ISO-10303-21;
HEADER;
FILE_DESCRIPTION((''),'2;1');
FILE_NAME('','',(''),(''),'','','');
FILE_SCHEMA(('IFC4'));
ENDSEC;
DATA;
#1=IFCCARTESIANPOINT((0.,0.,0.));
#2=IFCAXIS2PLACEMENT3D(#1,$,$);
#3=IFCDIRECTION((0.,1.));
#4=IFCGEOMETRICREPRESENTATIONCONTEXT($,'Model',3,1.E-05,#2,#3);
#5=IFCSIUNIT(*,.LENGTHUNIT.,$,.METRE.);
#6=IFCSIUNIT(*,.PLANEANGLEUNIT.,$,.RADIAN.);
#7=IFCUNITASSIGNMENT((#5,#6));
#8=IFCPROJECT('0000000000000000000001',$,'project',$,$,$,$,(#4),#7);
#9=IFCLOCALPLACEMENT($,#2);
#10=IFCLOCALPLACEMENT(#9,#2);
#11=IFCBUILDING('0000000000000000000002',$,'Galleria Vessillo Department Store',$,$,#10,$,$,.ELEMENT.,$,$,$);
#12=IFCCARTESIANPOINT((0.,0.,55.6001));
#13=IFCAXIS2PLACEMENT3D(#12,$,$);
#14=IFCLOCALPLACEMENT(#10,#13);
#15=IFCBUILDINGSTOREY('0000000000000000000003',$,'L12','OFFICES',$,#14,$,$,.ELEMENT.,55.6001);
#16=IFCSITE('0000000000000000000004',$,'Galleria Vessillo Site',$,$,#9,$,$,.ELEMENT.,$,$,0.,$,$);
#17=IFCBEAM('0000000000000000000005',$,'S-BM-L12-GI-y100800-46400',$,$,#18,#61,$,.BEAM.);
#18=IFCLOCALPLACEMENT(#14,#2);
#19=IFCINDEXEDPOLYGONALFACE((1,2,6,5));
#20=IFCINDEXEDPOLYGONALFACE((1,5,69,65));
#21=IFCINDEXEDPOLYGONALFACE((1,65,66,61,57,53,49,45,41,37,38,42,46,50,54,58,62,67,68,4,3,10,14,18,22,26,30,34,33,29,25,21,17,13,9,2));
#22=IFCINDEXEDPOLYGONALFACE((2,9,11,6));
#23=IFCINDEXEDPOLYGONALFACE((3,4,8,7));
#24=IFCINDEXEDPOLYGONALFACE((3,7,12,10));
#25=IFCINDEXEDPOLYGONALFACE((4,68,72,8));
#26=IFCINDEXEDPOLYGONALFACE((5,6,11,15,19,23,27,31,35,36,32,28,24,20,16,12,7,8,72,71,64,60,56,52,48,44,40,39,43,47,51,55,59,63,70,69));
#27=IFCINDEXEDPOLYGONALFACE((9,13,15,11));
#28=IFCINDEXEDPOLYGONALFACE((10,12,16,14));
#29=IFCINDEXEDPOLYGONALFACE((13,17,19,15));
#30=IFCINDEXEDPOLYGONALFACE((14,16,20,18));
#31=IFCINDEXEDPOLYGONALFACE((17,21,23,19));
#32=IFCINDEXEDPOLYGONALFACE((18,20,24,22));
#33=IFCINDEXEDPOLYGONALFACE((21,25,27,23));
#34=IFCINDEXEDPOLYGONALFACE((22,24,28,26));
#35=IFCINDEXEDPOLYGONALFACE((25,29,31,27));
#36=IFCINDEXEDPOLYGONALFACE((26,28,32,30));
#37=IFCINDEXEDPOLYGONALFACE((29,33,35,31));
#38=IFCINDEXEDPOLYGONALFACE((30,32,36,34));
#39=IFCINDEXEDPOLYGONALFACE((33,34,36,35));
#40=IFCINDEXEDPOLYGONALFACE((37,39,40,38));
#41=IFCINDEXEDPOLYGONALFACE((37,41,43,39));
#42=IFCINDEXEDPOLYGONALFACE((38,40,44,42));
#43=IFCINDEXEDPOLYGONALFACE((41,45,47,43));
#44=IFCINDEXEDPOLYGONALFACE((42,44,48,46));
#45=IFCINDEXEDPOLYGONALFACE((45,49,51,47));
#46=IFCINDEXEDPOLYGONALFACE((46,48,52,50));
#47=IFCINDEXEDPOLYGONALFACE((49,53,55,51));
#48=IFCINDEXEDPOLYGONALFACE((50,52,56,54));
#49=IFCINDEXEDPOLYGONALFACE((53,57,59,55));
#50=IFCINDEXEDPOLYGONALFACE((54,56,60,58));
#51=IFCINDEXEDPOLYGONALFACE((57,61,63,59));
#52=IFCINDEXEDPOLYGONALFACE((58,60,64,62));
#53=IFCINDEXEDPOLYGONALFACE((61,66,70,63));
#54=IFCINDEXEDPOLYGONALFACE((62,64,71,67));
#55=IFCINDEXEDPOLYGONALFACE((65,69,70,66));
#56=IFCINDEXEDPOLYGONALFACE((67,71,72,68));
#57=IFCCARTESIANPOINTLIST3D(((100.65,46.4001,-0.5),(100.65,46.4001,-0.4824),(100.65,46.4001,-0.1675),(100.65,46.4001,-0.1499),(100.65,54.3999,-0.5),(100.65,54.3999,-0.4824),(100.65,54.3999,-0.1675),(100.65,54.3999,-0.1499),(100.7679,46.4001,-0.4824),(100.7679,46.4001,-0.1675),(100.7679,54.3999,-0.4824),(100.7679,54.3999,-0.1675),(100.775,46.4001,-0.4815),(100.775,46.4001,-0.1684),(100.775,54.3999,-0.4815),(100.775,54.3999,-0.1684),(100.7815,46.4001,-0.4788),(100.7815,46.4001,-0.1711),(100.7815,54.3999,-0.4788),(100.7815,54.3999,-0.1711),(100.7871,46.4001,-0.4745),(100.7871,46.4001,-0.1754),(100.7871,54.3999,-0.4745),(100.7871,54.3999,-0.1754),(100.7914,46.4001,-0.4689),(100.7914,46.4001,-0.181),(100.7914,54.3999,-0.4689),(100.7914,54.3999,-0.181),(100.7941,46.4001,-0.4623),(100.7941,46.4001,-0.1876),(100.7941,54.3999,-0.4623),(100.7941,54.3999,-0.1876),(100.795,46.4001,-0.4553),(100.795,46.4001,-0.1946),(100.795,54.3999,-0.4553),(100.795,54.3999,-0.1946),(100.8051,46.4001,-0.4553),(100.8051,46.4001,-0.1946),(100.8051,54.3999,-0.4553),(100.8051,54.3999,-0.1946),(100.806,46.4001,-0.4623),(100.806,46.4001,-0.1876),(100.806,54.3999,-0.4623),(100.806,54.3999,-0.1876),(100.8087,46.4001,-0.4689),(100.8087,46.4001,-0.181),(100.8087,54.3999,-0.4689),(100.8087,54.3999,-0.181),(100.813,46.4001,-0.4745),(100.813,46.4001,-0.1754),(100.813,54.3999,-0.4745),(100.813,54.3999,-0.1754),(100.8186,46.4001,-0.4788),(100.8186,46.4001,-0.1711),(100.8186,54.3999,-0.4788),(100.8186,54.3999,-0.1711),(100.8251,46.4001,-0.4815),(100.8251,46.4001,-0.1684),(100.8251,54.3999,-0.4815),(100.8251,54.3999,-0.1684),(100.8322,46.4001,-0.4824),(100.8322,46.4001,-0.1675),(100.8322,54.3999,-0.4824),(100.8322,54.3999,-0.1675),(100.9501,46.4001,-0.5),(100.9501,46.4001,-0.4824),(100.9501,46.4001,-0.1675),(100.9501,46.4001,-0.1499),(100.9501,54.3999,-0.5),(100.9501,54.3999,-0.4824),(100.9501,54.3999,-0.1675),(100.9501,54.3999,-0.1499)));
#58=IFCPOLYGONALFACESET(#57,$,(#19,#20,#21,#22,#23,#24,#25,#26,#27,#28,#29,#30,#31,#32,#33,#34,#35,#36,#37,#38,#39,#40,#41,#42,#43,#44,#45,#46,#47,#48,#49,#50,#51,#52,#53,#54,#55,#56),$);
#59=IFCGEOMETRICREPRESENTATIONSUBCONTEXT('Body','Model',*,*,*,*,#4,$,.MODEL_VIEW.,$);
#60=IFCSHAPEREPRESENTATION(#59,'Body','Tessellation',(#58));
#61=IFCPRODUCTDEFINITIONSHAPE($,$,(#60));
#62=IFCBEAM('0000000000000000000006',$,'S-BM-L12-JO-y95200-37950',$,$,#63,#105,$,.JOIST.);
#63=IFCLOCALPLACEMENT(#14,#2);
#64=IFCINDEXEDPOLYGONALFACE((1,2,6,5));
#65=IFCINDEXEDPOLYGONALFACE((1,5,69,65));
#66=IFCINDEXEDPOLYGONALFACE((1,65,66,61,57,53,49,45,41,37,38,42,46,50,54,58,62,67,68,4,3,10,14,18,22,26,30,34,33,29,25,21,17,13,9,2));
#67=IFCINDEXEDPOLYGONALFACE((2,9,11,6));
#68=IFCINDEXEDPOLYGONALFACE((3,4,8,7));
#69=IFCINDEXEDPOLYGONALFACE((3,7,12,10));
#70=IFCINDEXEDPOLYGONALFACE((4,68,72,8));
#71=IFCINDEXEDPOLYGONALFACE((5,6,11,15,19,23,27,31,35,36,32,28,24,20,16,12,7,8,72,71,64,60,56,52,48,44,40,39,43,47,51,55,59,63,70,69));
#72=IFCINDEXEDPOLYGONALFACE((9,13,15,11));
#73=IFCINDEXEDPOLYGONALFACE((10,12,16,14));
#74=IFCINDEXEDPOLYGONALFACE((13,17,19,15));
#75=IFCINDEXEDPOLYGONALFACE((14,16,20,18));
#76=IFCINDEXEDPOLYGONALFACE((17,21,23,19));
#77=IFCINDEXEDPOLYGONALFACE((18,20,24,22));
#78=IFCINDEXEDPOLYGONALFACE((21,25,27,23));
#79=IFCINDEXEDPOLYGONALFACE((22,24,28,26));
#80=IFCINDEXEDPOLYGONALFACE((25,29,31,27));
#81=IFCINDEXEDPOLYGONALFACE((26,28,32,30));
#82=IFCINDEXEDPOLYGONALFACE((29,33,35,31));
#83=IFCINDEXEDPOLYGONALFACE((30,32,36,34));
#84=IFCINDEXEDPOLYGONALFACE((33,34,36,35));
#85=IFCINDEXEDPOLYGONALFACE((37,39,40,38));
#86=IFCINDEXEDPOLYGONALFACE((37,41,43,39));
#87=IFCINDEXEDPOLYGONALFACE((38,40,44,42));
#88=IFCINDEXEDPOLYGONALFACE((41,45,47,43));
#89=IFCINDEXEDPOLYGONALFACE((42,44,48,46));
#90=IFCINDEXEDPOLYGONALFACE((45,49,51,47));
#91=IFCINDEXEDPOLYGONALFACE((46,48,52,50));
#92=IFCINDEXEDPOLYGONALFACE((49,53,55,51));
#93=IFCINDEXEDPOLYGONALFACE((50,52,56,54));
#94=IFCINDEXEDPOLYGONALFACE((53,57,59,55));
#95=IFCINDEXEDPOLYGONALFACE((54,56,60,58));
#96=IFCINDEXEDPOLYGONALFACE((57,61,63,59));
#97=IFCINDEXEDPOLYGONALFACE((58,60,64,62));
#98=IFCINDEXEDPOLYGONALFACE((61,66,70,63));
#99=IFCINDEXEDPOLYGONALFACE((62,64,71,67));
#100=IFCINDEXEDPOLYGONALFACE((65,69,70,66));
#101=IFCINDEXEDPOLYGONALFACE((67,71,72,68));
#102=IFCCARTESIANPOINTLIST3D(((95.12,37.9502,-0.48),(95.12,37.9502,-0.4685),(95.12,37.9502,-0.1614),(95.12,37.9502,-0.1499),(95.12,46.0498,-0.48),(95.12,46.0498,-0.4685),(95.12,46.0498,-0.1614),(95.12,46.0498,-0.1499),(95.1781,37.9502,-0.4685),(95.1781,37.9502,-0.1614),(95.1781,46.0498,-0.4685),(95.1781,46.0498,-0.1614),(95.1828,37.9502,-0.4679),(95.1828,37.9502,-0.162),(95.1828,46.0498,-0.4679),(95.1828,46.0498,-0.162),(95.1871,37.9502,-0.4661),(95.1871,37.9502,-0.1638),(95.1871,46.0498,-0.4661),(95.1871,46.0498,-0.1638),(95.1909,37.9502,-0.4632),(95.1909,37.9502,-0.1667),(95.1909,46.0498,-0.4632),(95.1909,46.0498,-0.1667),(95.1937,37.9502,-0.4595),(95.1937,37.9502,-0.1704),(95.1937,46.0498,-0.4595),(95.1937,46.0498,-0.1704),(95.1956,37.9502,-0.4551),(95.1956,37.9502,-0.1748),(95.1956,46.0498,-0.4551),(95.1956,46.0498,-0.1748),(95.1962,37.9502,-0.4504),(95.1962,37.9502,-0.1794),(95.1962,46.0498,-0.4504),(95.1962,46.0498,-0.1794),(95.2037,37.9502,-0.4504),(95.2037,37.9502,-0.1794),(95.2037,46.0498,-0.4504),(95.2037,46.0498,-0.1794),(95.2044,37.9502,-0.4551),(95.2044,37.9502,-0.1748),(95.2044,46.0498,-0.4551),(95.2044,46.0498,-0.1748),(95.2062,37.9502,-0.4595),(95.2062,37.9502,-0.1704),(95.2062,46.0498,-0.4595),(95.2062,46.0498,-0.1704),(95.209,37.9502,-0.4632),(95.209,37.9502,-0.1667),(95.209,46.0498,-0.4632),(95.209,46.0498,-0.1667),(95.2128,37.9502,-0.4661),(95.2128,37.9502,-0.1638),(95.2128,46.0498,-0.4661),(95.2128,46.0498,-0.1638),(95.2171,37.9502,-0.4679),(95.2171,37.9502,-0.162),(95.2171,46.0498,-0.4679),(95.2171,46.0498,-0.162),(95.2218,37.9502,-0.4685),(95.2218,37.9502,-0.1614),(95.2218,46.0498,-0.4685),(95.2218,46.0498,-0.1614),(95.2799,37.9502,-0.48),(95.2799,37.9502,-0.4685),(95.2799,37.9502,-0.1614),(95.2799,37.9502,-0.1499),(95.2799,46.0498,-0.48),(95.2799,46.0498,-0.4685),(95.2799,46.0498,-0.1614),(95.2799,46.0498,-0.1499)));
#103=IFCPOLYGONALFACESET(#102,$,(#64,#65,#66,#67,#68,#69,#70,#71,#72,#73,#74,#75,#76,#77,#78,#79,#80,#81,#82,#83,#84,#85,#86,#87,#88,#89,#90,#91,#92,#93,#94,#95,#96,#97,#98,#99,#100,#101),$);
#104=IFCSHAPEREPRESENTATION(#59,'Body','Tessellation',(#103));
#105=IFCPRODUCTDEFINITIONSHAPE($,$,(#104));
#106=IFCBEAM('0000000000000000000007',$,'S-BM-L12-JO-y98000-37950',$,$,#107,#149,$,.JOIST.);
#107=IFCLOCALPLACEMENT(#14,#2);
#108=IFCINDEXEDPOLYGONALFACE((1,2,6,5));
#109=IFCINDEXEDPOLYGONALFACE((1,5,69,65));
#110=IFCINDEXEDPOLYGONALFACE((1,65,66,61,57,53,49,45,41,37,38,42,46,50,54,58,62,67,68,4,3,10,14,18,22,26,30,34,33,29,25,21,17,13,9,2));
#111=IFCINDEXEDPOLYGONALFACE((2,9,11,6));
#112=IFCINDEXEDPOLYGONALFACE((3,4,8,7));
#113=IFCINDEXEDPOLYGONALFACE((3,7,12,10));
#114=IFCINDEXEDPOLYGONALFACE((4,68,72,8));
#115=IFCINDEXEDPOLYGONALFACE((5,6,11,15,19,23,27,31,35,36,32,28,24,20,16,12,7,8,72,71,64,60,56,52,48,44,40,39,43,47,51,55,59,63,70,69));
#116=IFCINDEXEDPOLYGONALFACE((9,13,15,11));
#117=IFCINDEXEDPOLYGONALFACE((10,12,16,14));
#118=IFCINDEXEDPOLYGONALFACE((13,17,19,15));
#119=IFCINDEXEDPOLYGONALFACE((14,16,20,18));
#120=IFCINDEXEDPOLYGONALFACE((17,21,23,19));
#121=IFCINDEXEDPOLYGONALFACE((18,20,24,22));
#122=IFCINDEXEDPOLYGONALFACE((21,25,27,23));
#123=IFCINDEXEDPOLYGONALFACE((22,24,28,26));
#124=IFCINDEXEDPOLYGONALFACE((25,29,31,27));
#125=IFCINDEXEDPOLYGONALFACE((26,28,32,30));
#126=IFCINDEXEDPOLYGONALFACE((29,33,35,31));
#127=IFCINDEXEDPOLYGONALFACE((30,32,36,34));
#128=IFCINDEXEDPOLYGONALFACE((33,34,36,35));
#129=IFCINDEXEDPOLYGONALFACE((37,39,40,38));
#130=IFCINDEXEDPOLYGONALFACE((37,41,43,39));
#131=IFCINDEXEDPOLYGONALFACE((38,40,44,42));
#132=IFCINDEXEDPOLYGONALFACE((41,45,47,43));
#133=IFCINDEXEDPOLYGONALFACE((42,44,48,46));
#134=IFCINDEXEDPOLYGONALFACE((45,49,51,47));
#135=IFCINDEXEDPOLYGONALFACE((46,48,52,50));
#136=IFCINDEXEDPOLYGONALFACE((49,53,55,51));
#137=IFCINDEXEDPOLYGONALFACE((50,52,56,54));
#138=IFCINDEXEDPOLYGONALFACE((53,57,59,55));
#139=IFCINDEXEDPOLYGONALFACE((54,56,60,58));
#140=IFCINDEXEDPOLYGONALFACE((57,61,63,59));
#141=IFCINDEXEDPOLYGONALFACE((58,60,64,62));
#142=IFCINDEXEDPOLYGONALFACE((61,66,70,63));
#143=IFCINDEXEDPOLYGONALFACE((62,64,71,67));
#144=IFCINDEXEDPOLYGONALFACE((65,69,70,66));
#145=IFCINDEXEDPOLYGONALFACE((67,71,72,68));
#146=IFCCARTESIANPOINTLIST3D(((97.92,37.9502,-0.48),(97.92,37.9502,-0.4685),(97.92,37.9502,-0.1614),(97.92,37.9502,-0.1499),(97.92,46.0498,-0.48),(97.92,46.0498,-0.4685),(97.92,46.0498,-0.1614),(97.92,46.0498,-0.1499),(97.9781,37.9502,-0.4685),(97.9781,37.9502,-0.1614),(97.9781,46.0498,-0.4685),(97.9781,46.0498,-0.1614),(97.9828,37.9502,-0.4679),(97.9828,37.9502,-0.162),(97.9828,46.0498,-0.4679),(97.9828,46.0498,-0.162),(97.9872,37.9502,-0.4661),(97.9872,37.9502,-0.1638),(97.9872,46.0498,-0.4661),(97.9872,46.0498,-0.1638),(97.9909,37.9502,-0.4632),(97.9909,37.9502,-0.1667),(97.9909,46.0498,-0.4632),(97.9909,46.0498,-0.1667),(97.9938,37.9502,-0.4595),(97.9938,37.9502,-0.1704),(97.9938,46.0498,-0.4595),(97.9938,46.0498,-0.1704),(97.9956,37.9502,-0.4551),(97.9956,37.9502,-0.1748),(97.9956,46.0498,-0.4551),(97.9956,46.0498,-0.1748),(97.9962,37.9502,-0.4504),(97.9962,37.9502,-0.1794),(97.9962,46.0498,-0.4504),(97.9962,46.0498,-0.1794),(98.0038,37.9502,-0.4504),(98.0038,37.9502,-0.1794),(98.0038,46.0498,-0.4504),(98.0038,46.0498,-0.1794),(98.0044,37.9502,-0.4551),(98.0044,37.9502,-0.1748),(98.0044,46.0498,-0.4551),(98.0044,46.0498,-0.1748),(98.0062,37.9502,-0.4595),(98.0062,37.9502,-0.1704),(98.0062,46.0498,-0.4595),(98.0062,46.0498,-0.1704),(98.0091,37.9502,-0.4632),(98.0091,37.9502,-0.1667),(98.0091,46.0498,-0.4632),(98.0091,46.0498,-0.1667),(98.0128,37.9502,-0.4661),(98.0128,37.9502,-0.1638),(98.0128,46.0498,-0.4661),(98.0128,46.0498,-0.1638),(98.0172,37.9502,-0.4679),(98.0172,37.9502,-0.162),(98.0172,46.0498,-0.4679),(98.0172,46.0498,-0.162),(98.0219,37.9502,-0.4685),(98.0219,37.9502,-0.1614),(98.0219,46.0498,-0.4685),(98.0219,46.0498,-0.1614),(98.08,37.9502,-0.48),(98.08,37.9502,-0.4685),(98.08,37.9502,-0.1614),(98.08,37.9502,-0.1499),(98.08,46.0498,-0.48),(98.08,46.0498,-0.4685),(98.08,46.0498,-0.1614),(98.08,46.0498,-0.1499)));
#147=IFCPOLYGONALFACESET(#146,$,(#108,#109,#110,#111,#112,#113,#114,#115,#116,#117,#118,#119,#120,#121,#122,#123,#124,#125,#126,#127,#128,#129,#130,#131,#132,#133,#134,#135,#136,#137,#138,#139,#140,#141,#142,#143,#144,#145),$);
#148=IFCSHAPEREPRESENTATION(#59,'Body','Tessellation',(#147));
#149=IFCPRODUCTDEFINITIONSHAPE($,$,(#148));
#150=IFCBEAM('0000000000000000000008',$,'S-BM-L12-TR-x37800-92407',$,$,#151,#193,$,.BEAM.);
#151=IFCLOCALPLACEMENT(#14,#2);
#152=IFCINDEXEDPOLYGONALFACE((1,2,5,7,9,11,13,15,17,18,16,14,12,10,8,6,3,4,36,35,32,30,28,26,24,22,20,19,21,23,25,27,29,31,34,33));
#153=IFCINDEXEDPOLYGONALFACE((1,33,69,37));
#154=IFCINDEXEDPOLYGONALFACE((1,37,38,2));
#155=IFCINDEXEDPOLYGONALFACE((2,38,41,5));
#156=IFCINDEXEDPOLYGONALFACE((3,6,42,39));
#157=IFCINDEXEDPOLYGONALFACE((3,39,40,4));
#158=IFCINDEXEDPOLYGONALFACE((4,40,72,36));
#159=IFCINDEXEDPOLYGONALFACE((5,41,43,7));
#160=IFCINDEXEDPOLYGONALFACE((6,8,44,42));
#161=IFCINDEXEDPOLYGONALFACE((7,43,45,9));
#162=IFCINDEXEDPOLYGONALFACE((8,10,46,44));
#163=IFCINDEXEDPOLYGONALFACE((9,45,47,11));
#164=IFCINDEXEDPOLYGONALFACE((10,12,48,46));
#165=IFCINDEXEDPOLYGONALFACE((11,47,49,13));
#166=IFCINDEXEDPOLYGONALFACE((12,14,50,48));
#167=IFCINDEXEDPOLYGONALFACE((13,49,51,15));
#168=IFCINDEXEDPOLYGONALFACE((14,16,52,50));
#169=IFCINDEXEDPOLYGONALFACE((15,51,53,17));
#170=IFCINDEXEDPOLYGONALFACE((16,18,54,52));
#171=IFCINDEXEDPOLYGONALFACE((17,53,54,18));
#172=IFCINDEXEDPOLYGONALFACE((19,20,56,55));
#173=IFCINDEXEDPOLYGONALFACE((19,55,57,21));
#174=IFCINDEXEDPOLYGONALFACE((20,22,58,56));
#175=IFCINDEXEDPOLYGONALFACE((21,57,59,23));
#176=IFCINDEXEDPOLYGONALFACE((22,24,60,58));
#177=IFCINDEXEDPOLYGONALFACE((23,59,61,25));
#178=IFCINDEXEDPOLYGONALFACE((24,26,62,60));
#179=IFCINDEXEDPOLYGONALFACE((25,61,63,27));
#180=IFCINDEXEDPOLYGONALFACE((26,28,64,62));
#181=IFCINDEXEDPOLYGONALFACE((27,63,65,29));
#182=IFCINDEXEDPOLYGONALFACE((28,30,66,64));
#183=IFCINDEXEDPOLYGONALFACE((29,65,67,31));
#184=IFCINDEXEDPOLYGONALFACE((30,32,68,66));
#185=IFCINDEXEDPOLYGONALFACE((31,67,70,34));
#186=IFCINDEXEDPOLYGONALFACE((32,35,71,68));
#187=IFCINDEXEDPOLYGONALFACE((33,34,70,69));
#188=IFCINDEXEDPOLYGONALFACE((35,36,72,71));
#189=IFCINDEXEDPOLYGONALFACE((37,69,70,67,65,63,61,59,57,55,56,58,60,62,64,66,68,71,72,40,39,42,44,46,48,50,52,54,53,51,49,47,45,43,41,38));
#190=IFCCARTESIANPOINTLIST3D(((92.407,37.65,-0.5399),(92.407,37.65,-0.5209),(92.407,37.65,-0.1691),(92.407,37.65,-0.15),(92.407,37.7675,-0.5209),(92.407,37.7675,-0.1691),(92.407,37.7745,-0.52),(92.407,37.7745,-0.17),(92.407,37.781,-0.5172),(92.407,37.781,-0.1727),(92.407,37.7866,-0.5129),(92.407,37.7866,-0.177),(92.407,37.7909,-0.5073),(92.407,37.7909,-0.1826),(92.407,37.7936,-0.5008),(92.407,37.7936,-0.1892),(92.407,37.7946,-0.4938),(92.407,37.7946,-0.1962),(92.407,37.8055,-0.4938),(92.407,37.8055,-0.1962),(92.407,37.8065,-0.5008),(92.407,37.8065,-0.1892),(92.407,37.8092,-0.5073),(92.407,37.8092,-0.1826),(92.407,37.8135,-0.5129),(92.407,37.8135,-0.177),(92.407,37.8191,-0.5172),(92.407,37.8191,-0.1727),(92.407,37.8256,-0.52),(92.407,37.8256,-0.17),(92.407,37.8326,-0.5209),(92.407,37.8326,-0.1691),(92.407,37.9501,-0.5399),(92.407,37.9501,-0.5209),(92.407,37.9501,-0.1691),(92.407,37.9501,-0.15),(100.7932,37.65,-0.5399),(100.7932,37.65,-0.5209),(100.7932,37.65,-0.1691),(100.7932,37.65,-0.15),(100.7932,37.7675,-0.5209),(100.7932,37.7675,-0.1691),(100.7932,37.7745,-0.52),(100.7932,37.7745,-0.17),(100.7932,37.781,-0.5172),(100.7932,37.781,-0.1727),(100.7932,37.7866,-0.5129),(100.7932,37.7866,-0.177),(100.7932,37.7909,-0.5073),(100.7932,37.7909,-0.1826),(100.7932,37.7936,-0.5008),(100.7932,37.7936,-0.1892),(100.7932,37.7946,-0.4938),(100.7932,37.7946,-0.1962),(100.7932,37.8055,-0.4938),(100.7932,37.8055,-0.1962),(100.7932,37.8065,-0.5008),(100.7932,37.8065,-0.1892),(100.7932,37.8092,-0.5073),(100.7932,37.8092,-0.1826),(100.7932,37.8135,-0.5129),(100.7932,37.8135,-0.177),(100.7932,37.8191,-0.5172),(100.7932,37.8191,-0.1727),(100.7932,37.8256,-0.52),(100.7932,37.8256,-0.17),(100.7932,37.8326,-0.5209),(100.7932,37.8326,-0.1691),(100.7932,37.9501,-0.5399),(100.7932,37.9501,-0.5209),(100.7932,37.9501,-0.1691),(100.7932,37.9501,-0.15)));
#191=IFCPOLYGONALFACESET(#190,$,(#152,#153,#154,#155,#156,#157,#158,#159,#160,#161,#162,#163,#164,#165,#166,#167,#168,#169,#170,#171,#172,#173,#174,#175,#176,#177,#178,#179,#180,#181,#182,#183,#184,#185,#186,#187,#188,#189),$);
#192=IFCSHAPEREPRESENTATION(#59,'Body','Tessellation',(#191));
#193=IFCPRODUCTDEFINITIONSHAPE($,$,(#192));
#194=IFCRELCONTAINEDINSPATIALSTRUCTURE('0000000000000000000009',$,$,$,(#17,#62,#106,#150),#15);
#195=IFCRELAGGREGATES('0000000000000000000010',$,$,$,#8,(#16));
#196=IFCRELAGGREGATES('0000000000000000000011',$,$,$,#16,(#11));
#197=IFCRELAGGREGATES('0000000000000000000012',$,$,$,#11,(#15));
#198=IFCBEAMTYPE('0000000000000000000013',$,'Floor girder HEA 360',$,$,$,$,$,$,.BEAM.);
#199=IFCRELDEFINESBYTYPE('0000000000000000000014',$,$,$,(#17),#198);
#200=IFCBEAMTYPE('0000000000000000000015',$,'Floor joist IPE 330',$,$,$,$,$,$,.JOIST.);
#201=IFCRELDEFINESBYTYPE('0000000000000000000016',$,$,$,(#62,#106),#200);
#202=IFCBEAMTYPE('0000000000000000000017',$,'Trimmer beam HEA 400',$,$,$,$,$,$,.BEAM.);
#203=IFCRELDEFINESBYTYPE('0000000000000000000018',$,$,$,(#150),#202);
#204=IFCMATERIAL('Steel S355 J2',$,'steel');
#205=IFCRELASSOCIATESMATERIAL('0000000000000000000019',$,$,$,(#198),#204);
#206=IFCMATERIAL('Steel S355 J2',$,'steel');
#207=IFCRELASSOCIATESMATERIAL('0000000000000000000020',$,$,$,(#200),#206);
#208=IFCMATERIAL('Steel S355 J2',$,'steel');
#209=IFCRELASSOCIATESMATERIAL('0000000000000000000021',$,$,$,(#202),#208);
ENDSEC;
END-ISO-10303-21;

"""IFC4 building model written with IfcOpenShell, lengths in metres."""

from ifc_helpers import new_model, si_unit, direction, frame, origin, origin_2d, place, context, subcontext, project, spatial, i_section, extrude, material, material_profile, profile_set, type_object, element, save


model = new_model("IFC4")

# Units and contexts
model_context = context("Model", 3, precision=1e-05, world=origin(), true_north=direction((0.0, 1.0)))
body_context = subcontext(model_context, "Body", "Model", "MODEL_VIEW")
ifc_project = project(units=[si_unit("LENGTHUNIT", "METRE"), si_unit("PLANEANGLEUNIT", "RADIAN")], contexts=[model_context])

# Site, building, storey
site_placement = place(None, origin())
site = spatial("IfcSite", under=ifc_project, at=site_placement, Name="Galleria Vessillo Site", CompositionType="ELEMENT", RefElevation=0.0)
building_placement = place(site_placement, origin())
building = spatial("IfcBuilding", under=site, at=building_placement, Name="Galleria Vessillo Department Store", CompositionType="ELEMENT")
storey_placement = place(building_placement, frame((0.0, 0.0, 55.6001)))
storey = spatial("IfcBuildingStorey", under=building, at=storey_placement, Name="L12", Description="OFFICES", CompositionType="ELEMENT", Elevation=55.6001)

# Beams
ifc_material_1 = material(Name="Steel S355 J2", Category="steel")
ifc_material_profile_1 = material_profile(ifc_material_1, i_section(OverallWidth=0.3, OverallDepth=0.3501, WebThickness=0.01, FlangeThickness=0.0176, FilletRadius=0.0271, at=origin_2d()), Name="HEA 360")
ifc_profile_set_1 = profile_set([ifc_material_profile_1], Name="Steel S355 J2")
beam_type_1 = type_object("IfcBeamType", Name="Floor girder HEA 360", PredefinedType="BEAM", material=ifc_profile_set_1)
beam_1_placement = place(storey_placement, frame((100.8, 46.4001, -0.325), z_axis=(0.0, 1.0, 0.0), x_axis=(-1.0, 0.0, 0.0)))
element("IfcBeam", 1, at=beam_1_placement, inside=storey, type_object=beam_type_1, Name="S-BM-L12-GI-y100800-46400", PredefinedType="BEAM", context=body_context, shape_type="SweptSolid", body=[
    extrude(i_section(OverallWidth=0.3, OverallDepth=0.3501, WebThickness=0.01, FlangeThickness=0.0176, FilletRadius=0.0271, at=origin_2d()), origin(), (0.0, 0.0, 1.0), 7.9998),
])
ifc_material_2 = material(Name="Steel S355 J2", Category="steel")
ifc_material_profile_2 = material_profile(ifc_material_2, i_section(OverallWidth=0.1599, OverallDepth=0.3301, WebThickness=0.0076, FlangeThickness=0.0115, FilletRadius=0.0181, at=origin_2d()), Name="IPE 330")
ifc_profile_set_2 = profile_set([ifc_material_profile_2], Name="Steel S355 J2")
beam_type_2 = type_object("IfcBeamType", Name="Floor joist IPE 330", PredefinedType="JOIST", material=ifc_profile_set_2)
for number, where, z_axis, x_axis, name in (
    (2, (95.2, 37.9502, -0.3149), (0.0, 1.0, 0.0), (-1.0, 0.0, 0.0), "S-BM-L12-JO-y95200-37950"),
    (3, (98.0, 37.9502, -0.3149), (0.0, 1.0, 0.0), (-1.0, 0.0, 0.0), "S-BM-L12-JO-y98000-37950"),
):
    element("IfcBeam", number, at=place(storey_placement, frame(where, z_axis=z_axis, x_axis=x_axis)), inside=storey, type_object=beam_type_2, Name=name, PredefinedType="JOIST", context=body_context, shape_type="SweptSolid", body=[
        extrude(i_section(OverallWidth=0.1599, OverallDepth=0.3301, WebThickness=0.0076, FlangeThickness=0.0115, FilletRadius=0.0181, at=origin_2d()), origin(), (0.0, 0.0, 1.0), 8.0996),
    ])
ifc_material_3 = material(Name="Steel S355 J2", Category="steel")
ifc_material_profile_3 = material_profile(ifc_material_3, i_section(OverallWidth=0.3, OverallDepth=0.3899, WebThickness=0.011, FlangeThickness=0.019, FilletRadius=0.0271, at=origin_2d()), Name="HEA 400")
ifc_profile_set_3 = profile_set([ifc_material_profile_3], Name="Steel S355 J2")
beam_type_3 = type_object("IfcBeamType", Name="Trimmer beam HEA 400", PredefinedType="BEAM", material=ifc_profile_set_3)
beam_2_placement = place(storey_placement, frame((92.407, 37.8, -0.345), z_axis=(1.0, 0.0, 0.0), x_axis=(0.0, 1.0, 0.0)))
element("IfcBeam", 4, at=beam_2_placement, inside=storey, type_object=beam_type_3, Name="S-BM-L12-TR-x37800-92407", PredefinedType="BEAM", context=body_context, shape_type="SweptSolid", body=[
    extrude(i_section(OverallWidth=0.3, OverallDepth=0.3899, WebThickness=0.011, FlangeThickness=0.019, FilletRadius=0.0271, at=origin_2d()), origin(), (0.0, 0.0, 1.0), 8.3862),
])

save(model, "model.ifc")
